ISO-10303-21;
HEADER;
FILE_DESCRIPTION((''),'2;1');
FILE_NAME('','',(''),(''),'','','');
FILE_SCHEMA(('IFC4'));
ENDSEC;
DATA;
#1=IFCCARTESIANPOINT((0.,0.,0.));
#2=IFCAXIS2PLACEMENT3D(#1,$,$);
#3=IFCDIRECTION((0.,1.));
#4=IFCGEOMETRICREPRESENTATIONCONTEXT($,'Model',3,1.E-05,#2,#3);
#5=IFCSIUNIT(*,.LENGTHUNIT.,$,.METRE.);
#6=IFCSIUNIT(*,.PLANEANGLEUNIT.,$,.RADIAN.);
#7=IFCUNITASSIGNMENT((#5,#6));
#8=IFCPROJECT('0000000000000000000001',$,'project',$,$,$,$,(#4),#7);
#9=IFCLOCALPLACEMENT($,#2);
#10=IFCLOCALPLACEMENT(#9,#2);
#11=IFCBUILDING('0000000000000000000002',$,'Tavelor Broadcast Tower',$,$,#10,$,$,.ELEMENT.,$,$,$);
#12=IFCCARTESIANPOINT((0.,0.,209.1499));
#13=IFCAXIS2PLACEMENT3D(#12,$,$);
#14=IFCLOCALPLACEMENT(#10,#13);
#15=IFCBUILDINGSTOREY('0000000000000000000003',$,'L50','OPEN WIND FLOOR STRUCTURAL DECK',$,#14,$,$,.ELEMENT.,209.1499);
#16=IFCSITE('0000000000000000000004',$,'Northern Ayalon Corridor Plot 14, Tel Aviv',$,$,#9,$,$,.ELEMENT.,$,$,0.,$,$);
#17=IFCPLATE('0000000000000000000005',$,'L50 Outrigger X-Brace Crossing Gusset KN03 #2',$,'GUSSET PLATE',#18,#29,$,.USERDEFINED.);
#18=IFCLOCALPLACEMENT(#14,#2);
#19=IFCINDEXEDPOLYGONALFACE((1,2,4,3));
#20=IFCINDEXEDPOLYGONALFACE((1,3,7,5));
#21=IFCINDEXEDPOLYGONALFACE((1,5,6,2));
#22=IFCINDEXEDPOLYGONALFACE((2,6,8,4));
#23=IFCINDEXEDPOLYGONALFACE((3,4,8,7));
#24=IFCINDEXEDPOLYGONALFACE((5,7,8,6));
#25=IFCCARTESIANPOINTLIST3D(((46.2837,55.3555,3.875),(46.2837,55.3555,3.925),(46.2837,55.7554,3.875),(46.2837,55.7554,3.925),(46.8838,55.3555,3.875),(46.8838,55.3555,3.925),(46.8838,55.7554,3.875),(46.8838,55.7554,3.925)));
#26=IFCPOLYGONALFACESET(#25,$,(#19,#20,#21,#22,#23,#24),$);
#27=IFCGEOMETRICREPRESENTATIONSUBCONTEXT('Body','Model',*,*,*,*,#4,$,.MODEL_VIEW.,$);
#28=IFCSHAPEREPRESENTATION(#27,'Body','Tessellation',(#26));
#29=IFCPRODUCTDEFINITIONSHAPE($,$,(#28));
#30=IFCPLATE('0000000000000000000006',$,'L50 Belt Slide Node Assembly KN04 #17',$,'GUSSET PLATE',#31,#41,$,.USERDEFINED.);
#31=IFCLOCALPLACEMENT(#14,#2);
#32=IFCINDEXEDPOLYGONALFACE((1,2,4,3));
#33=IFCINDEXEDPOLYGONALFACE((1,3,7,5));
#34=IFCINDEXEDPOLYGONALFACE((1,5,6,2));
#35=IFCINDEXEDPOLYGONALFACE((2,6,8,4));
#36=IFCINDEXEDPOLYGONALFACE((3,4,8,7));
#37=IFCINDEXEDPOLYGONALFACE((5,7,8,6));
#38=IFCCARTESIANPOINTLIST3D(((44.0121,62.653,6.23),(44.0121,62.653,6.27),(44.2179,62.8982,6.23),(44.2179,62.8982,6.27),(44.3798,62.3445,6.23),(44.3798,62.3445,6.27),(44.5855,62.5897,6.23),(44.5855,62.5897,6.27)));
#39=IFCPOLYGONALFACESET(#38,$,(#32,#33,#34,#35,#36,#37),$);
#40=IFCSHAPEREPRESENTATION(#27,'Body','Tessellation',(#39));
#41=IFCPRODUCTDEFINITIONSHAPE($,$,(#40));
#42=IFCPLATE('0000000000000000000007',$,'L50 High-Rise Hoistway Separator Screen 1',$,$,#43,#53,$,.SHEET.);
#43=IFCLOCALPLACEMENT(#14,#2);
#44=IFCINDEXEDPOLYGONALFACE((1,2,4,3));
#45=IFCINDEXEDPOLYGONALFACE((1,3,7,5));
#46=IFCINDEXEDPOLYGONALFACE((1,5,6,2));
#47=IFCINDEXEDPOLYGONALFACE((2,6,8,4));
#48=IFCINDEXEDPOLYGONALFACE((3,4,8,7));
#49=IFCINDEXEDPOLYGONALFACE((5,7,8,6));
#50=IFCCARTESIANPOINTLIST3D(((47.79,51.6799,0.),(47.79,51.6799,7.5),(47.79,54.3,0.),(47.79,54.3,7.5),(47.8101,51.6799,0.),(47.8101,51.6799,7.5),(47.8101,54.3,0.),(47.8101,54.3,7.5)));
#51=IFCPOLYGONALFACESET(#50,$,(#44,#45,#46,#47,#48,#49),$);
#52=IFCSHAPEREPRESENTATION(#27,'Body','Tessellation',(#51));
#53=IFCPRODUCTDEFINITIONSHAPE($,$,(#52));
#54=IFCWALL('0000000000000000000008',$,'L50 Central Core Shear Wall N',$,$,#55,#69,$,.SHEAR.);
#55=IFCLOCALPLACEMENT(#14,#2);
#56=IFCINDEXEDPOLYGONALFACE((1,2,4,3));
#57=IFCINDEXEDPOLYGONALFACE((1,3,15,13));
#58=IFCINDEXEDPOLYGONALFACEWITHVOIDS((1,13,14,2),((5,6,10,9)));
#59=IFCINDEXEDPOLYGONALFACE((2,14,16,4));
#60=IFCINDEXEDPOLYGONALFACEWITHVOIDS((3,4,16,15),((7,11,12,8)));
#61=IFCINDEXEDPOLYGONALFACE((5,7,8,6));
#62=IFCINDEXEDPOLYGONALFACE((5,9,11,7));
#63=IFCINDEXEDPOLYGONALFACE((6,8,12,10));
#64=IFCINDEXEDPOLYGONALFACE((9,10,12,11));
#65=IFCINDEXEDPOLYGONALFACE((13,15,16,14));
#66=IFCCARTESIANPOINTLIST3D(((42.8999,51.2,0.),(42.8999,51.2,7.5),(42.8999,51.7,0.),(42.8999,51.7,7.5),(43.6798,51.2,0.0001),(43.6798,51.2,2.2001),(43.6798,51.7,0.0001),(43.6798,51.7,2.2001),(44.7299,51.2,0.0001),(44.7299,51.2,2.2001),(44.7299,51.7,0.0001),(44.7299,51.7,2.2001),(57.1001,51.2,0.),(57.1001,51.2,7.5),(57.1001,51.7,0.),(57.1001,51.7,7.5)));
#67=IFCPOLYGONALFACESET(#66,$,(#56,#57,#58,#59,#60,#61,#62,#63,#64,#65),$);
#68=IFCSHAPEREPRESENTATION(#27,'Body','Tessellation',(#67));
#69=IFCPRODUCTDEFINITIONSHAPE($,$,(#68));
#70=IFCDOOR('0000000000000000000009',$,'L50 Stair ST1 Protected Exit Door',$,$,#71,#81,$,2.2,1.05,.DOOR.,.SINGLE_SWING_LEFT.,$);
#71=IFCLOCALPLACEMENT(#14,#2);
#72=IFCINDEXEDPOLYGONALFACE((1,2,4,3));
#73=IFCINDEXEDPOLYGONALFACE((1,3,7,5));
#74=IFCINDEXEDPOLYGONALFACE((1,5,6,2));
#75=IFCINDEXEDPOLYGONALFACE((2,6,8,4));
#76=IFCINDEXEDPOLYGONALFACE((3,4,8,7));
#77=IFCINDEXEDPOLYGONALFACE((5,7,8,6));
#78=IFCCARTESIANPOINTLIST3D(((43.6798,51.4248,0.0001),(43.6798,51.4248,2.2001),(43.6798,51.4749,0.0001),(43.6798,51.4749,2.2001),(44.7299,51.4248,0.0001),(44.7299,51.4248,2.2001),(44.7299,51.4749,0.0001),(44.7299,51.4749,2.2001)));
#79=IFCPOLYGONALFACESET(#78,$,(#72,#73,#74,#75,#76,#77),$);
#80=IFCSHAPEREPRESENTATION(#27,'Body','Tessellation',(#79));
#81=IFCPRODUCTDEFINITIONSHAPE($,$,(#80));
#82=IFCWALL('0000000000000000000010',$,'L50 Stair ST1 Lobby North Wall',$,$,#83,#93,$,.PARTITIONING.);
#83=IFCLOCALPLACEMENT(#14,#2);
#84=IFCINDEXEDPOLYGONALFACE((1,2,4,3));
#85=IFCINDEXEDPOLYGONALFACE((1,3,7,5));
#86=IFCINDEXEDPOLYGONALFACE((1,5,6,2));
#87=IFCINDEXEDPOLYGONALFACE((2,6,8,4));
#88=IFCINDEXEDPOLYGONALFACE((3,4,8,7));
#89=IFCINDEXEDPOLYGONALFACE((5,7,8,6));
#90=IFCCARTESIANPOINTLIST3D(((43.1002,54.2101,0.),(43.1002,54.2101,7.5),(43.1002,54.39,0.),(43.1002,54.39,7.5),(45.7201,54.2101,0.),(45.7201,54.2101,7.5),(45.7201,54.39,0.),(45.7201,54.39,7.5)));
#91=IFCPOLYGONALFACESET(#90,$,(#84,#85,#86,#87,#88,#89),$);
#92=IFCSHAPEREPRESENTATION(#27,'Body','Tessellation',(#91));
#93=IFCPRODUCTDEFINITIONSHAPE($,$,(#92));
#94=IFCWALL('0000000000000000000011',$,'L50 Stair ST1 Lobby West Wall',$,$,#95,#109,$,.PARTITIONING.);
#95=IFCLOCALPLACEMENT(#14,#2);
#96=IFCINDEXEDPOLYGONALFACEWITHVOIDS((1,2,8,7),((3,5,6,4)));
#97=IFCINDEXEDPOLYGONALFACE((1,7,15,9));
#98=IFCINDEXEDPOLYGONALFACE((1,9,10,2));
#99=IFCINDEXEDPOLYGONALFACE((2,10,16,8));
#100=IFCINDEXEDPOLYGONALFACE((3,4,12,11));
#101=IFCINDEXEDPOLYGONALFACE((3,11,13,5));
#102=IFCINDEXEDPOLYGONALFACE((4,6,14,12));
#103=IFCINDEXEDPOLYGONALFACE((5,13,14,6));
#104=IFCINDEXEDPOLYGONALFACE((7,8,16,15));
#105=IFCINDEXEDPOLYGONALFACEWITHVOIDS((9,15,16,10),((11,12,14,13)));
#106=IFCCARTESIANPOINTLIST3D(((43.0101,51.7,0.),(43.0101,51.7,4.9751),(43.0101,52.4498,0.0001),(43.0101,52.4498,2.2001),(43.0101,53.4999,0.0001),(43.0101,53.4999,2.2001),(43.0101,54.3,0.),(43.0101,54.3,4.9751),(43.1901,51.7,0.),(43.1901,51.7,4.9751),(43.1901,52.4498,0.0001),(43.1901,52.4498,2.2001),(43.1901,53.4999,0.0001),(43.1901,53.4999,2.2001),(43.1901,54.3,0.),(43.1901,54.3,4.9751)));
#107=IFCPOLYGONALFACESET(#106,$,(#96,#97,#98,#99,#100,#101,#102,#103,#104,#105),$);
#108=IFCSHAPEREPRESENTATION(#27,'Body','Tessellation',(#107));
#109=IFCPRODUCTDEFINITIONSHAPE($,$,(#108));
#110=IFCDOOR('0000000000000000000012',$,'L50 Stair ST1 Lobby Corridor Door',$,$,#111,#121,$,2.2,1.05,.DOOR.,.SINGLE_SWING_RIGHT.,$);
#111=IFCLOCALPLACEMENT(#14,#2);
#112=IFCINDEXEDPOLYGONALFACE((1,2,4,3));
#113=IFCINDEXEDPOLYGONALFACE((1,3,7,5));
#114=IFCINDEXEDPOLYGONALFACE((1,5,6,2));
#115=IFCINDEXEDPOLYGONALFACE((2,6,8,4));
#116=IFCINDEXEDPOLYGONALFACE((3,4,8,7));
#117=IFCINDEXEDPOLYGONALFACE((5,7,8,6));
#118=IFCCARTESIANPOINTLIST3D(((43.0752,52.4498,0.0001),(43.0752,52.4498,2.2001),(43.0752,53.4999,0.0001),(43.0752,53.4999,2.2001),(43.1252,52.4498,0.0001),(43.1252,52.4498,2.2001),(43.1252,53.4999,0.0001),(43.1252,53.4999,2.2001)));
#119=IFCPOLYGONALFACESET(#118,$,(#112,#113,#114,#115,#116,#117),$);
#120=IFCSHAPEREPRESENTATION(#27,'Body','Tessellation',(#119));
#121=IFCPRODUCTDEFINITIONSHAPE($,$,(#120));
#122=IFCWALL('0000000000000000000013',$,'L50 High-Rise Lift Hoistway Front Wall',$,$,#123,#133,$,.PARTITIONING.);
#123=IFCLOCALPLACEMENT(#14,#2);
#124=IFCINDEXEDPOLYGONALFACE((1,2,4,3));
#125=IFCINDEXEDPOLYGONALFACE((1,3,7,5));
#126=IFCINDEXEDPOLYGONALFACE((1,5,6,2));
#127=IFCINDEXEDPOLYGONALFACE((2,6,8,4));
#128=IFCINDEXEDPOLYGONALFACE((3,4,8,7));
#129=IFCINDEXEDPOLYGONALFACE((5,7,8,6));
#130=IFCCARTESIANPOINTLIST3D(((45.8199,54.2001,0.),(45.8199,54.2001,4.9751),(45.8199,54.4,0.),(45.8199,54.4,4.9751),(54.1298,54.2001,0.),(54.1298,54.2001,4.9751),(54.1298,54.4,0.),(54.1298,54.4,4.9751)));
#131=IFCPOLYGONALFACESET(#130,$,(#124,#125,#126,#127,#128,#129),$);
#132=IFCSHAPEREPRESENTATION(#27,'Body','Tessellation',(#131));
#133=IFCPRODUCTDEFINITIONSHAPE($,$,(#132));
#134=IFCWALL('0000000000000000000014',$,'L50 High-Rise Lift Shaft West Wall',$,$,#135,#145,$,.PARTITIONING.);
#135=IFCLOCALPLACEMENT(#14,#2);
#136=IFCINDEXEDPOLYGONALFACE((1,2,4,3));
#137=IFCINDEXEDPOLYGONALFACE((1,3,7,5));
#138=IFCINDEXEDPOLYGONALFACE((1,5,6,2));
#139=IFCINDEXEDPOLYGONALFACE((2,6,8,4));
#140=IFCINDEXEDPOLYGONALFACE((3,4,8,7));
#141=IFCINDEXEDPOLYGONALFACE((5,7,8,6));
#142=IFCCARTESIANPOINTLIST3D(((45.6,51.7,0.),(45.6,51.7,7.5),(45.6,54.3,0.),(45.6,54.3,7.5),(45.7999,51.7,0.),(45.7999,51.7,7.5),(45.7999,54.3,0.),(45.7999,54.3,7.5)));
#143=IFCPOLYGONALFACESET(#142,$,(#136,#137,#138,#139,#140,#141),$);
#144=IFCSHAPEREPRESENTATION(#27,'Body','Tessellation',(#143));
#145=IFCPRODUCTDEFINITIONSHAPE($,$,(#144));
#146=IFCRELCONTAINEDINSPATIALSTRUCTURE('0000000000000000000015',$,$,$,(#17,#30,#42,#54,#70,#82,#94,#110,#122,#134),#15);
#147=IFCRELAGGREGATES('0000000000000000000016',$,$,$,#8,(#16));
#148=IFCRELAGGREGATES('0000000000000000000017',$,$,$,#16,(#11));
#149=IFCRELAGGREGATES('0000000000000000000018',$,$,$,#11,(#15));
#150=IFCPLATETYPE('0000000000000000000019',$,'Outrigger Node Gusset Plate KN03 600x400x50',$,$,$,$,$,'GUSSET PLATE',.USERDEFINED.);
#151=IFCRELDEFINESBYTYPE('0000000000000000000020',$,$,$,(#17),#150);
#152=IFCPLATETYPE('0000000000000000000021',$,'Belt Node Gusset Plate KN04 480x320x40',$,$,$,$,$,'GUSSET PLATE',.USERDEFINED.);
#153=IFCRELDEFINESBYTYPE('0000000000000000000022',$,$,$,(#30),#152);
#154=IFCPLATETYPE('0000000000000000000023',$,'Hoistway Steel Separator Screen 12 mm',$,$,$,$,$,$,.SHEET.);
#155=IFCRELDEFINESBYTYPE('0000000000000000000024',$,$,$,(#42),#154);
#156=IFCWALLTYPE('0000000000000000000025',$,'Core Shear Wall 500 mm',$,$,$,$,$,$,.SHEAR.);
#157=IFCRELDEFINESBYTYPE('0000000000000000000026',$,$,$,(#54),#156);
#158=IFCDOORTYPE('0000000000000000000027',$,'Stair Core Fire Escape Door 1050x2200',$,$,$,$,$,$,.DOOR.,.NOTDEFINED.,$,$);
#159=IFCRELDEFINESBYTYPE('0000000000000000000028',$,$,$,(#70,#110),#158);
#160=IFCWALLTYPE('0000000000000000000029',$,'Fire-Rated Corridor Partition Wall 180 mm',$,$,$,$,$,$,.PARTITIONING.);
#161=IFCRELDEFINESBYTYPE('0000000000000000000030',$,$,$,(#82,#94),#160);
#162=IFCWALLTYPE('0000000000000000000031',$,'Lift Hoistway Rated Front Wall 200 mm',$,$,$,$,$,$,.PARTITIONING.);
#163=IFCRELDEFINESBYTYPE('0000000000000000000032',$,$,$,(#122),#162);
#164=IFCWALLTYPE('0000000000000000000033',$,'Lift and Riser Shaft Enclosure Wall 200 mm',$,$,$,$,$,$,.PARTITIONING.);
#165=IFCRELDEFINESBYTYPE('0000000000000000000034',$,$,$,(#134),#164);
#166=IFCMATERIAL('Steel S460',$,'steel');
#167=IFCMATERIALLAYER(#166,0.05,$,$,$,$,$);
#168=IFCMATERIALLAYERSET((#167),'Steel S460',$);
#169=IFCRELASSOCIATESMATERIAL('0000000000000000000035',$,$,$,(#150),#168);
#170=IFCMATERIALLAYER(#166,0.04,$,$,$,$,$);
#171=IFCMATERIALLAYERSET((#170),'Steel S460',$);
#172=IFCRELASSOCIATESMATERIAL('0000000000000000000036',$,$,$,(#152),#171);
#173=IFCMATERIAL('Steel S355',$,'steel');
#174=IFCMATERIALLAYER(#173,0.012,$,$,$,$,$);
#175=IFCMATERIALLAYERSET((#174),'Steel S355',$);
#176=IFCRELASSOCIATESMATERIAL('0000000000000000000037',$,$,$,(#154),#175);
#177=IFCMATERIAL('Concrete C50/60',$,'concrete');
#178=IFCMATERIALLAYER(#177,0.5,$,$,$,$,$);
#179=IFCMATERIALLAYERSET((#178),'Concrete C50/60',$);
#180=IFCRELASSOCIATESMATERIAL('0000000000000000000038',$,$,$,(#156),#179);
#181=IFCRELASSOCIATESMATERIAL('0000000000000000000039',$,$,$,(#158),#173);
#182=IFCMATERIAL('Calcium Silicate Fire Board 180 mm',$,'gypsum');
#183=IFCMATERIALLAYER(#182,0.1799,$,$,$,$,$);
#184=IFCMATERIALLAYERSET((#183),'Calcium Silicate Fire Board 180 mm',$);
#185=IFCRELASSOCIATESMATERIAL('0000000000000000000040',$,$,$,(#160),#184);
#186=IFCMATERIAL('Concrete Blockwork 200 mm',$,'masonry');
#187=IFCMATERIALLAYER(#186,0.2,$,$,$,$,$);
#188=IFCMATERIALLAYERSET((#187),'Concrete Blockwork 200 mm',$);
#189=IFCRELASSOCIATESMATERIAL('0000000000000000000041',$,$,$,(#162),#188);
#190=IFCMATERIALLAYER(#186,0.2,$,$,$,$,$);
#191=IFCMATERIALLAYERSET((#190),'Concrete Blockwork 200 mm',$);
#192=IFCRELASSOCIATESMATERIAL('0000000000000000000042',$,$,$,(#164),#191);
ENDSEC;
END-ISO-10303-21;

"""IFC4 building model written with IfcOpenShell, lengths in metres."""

from ifc_helpers import new_model, si_unit, direction, frame, frame_2d, origin, origin_2d, place, context, subcontext, project, spatial, rectangle, extrude, source, transform, mapped, material, layer, layer_set, type_object, type_shapes, element, fill, save


model = new_model("IFC4")

# Units and contexts
model_context = context("Model", 3, precision=1e-05, world=origin(), true_north=direction((0.0, 1.0)))
body_context = subcontext(model_context, "Body", "Model", "MODEL_VIEW")
ifc_project = project(units=[si_unit("LENGTHUNIT", "METRE"), si_unit("PLANEANGLEUNIT", "RADIAN")], contexts=[model_context])

# Site, building, storey
site_placement = place(None, origin())
site = spatial("IfcSite", under=ifc_project, at=site_placement, Name="Northern Ayalon Corridor Plot 14, Tel Aviv", CompositionType="ELEMENT", RefElevation=0.0)
building_placement = place(site_placement, origin())
building = spatial("IfcBuilding", under=site, at=building_placement, Name="Tavelor Broadcast Tower", CompositionType="ELEMENT")
storey_placement = place(building_placement, frame((0.0, 0.0, 209.1499)))
storey = spatial("IfcBuildingStorey", under=building, at=storey_placement, Name="L50", Description="OPEN WIND FLOOR STRUCTURAL DECK", CompositionType="ELEMENT", Elevation=209.1499)

# Shared definitions
ifc_material_1 = material(Name="Steel S460", Category="steel")

# Plates
ifc_layer_1 = layer(ifc_material_1, 0.05)
ifc_layer_set_1 = layer_set([ifc_layer_1], Name="Steel S460")
plate_type_1 = type_object("IfcPlateType", Name="Outrigger Node Gusset Plate KN03 600x400x50", ElementType="GUSSET PLATE", PredefinedType="USERDEFINED", material=ifc_layer_set_1)
shared_shape_1 = source(origin(), body_context, "Body", "SweptSolid", [
    extrude(rectangle(XDim=0.6001, YDim=0.3999, at=origin_2d()), origin(), (0.0, 0.0, 1.0), 0.05),
])
type_shapes(plate_type_1, [shared_shape_1])
plate_1_placement = place(storey_placement, frame((46.5837, 55.5554, 3.875), z_axis=(0.0, 0.0, 1.0), x_axis=(1.0, 0.0, 0.0)))
element("IfcPlate", 1, at=plate_1_placement, inside=storey, type_object=plate_type_1, Name="L50 Outrigger X-Brace Crossing Gusset KN03 #2", ObjectType="GUSSET PLATE", PredefinedType="USERDEFINED", context=body_context, shape_type="MappedRepresentation", body=[
    mapped(shared_shape_1, transform((0.0, 0.0, 0.0), scale=1.0)),
])
ifc_layer_2 = layer(ifc_material_1, 0.04)
ifc_layer_set_2 = layer_set([ifc_layer_2], Name="Steel S460")
plate_type_2 = type_object("IfcPlateType", Name="Belt Node Gusset Plate KN04 480x320x40", ElementType="GUSSET PLATE", PredefinedType="USERDEFINED", material=ifc_layer_set_2)
shared_shape_2 = source(origin(), body_context, "Body", "SweptSolid", [
    extrude(rectangle(XDim=0.48, YDim=0.3201, at=origin_2d()), origin(), (0.0, 0.0, 1.0), 0.04),
])
type_shapes(plate_type_2, [shared_shape_2])
plate_2_placement = place(storey_placement, frame((44.2988, 62.6213, 6.23), z_axis=(0.0, 0.0, 1.0), x_axis=(0.766044, -0.642788, 0.0)))
element("IfcPlate", 2, at=plate_2_placement, inside=storey, type_object=plate_type_2, Name="L50 Belt Slide Node Assembly KN04 #17", ObjectType="GUSSET PLATE", PredefinedType="USERDEFINED", context=body_context, shape_type="MappedRepresentation", body=[
    mapped(shared_shape_2, transform((0.0, 0.0, 0.0), scale=1.0)),
])
ifc_material_2 = material(Name="Steel S355", Category="steel")
ifc_layer_3 = layer(ifc_material_2, 0.012)
ifc_layer_set_3 = layer_set([ifc_layer_3], Name="Steel S355")
plate_type_3 = type_object("IfcPlateType", Name="Hoistway Steel Separator Screen 12 mm", PredefinedType="SHEET", material=ifc_layer_set_3)
shared_shape_3 = source(origin(), body_context, "Body", "SweptSolid", [
    extrude(rectangle(XDim=0.02, YDim=2.6201, at=origin_2d()), origin(), (0.0, 0.0, 1.0), 7.5),
])
type_shapes(plate_type_3, [shared_shape_3])
plate_3_placement = place(storey_placement, frame((47.8, 52.99, 0.0), z_axis=(0.0, 0.0, 1.0), x_axis=(1.0, 0.0, 0.0)))
element("IfcPlate", 3, at=plate_3_placement, inside=storey, type_object=plate_type_3, Name="L50 High-Rise Hoistway Separator Screen 1", PredefinedType="SHEET", context=body_context, shape_type="MappedRepresentation", body=[
    mapped(shared_shape_3, transform((0.0, 0.0, 0.0), scale=1.0)),
])

# Wall, opening, door
ifc_material_3 = material(Name="Concrete C50/60", Category="concrete")
ifc_layer_4 = layer(ifc_material_3, 0.5)
ifc_layer_set_4 = layer_set([ifc_layer_4], Name="Concrete C50/60")
wall_type_1 = type_object("IfcWallType", Name="Core Shear Wall 500 mm", PredefinedType="SHEAR", material=ifc_layer_set_4)
wall_1_placement = place(storey_placement, frame((42.8999, 51.45, 0.0), z_axis=(0.0, 0.0, 1.0), x_axis=(1.0, 0.0, 0.0)))
wall_1 = element("IfcWall", 4, at=wall_1_placement, inside=storey, type_object=wall_type_1, Name="L50 Central Core Shear Wall N", PredefinedType="SHEAR", context=body_context, shape_type="SweptSolid", body=[
    extrude(rectangle(XDim=14.2002, YDim=0.5, at=frame_2d((7.1001, 0.0))), origin(), (0.0, 0.0, 1.0), 7.5),
])
opening_1_placement = place(wall_1_placement, frame((0.78, 0.0, 0.0)))
opening_1 = element("IfcOpeningElement", 5, at=opening_1_placement, cuts=wall_1, PredefinedType="OPENING", context=body_context, shape_type="SweptSolid", body=[
    extrude(rectangle(XDim=1.05, YDim=2.2, at=frame_2d((0.5249, 1.1001))), frame((0.0, 0.26, 0.0), z_axis=(0.0, -1.0, 0.0), x_axis=(1.0, 0.0, 0.0)), (0.0, 0.0, 1.0), 0.52),
])
door_type = type_object("IfcDoorType", Name="Stair Core Fire Escape Door 1050x2200", OperationType="NOTDEFINED", PredefinedType="DOOR", material=ifc_material_2)
door_1_placement = place(opening_1_placement, origin())
door_1 = element("IfcDoor", 6, at=door_1_placement, inside=storey, type_object=door_type, Name="L50 Stair ST1 Protected Exit Door", OperationType="SINGLE_SWING_LEFT", OverallHeight=2.2, OverallWidth=1.05, PredefinedType="DOOR", context=body_context, shape_type="SweptSolid", body=[
    extrude(rectangle(XDim=1.05, YDim=2.2, at=frame_2d((0.5249, 1.1001))), frame((0.0, 0.0249, 0.0), z_axis=(0.0, -1.0, 0.0), x_axis=(1.0, 0.0, 0.0)), (0.0, 0.0, 1.0), 0.05),
])
fill(opening_1, door_1)

# Wall
ifc_material_4 = material(Name="Calcium Silicate Fire Board 180 mm", Category="gypsum")
ifc_layer_5 = layer(ifc_material_4, 0.1799)
ifc_layer_set_5 = layer_set([ifc_layer_5], Name="Calcium Silicate Fire Board 180 mm")
wall_type_2 = type_object("IfcWallType", Name="Fire-Rated Corridor Partition Wall 180 mm", PredefinedType="PARTITIONING", material=ifc_layer_set_5)
wall_2_placement = place(storey_placement, frame((43.1001, 54.3, 0.0), z_axis=(0.0, 0.0, 1.0), x_axis=(1.0, 0.0, 0.0)))
element("IfcWall", 7, at=wall_2_placement, inside=storey, type_object=wall_type_2, Name="L50 Stair ST1 Lobby North Wall", PredefinedType="PARTITIONING", context=body_context, shape_type="SweptSolid", body=[
    extrude(rectangle(XDim=2.6199, YDim=0.1799, at=frame_2d((1.3101, 0.0))), origin(), (0.0, 0.0, 1.0), 7.5),
])

# Wall, opening, door
wall_3_placement = place(storey_placement, frame((43.1001, 51.7, 0.0), z_axis=(0.0, 0.0, 1.0), x_axis=(0.0, 1.0, 0.0)))
wall_3 = element("IfcWall", 8, at=wall_3_placement, inside=storey, type_object=wall_type_2, Name="L50 Stair ST1 Lobby West Wall", PredefinedType="PARTITIONING", context=body_context, shape_type="SweptSolid", body=[
    extrude(rectangle(XDim=2.6001, YDim=0.1799, at=frame_2d((1.3, 0.0))), origin(), (0.0, 0.0, 1.0), 4.9751),
])
opening_2_placement = place(wall_3_placement, frame((0.75, 0.0, 0.0)))
opening_2 = element("IfcOpeningElement", 9, at=opening_2_placement, cuts=wall_3, PredefinedType="OPENING", context=body_context, shape_type="SweptSolid", body=[
    extrude(rectangle(XDim=1.05, YDim=2.2, at=frame_2d((0.5249, 1.1001))), frame((0.0, 0.1001, 0.0), z_axis=(0.0, -1.0, 0.0), x_axis=(1.0, 0.0, 0.0)), (0.0, 0.0, 1.0), 0.2),
])
door_2_placement = place(opening_2_placement, origin())
door_2 = element("IfcDoor", 10, at=door_2_placement, inside=storey, type_object=door_type, Name="L50 Stair ST1 Lobby Corridor Door", OperationType="SINGLE_SWING_RIGHT", OverallHeight=2.2, OverallWidth=1.05, PredefinedType="DOOR", context=body_context, shape_type="SweptSolid", body=[
    extrude(rectangle(XDim=1.05, YDim=2.2, at=frame_2d((0.5249, 1.1001))), frame((0.0, 0.0249, 0.0), z_axis=(0.0, -1.0, 0.0), x_axis=(1.0, 0.0, 0.0)), (0.0, 0.0, 1.0), 0.05),
])
fill(opening_2, door_2)

# Walls
ifc_material_5 = material(Name="Concrete Blockwork 200 mm", Category="masonry")
ifc_layer_6 = layer(ifc_material_5, 0.2)
ifc_layer_set_6 = layer_set([ifc_layer_6], Name="Concrete Blockwork 200 mm")
wall_type_3 = type_object("IfcWallType", Name="Lift Hoistway Rated Front Wall 200 mm", PredefinedType="PARTITIONING", material=ifc_layer_set_6)
wall_4_placement = place(storey_placement, frame((45.8201, 54.3, 0.0), z_axis=(0.0, 0.0, 1.0), x_axis=(1.0, 0.0, 0.0)))
element("IfcWall", 11, at=wall_4_placement, inside=storey, type_object=wall_type_3, Name="L50 High-Rise Lift Hoistway Front Wall", PredefinedType="PARTITIONING", context=body_context, shape_type="SweptSolid", body=[
    extrude(rectangle(XDim=8.3098, YDim=0.2, at=frame_2d((4.1548, 0.0))), origin(), (0.0, 0.0, 1.0), 4.9751),
])
ifc_layer_7 = layer(ifc_material_5, 0.2)
ifc_layer_set_7 = layer_set([ifc_layer_7], Name="Concrete Blockwork 200 mm")
wall_type_4 = type_object("IfcWallType", Name="Lift and Riser Shaft Enclosure Wall 200 mm", PredefinedType="PARTITIONING", material=ifc_layer_set_7)
wall_5_placement = place(storey_placement, frame((45.7, 51.7, 0.0), z_axis=(0.0, 0.0, 1.0), x_axis=(0.0, 1.0, 0.0)))
element("IfcWall", 12, at=wall_5_placement, inside=storey, type_object=wall_type_4, Name="L50 High-Rise Lift Shaft West Wall", PredefinedType="PARTITIONING", context=body_context, shape_type="SweptSolid", body=[
    extrude(rectangle(XDim=2.6001, YDim=0.2, at=frame_2d((1.3, 0.0))), origin(), (0.0, 0.0, 1.0), 7.5),
])

save(model, "model.ifc")
